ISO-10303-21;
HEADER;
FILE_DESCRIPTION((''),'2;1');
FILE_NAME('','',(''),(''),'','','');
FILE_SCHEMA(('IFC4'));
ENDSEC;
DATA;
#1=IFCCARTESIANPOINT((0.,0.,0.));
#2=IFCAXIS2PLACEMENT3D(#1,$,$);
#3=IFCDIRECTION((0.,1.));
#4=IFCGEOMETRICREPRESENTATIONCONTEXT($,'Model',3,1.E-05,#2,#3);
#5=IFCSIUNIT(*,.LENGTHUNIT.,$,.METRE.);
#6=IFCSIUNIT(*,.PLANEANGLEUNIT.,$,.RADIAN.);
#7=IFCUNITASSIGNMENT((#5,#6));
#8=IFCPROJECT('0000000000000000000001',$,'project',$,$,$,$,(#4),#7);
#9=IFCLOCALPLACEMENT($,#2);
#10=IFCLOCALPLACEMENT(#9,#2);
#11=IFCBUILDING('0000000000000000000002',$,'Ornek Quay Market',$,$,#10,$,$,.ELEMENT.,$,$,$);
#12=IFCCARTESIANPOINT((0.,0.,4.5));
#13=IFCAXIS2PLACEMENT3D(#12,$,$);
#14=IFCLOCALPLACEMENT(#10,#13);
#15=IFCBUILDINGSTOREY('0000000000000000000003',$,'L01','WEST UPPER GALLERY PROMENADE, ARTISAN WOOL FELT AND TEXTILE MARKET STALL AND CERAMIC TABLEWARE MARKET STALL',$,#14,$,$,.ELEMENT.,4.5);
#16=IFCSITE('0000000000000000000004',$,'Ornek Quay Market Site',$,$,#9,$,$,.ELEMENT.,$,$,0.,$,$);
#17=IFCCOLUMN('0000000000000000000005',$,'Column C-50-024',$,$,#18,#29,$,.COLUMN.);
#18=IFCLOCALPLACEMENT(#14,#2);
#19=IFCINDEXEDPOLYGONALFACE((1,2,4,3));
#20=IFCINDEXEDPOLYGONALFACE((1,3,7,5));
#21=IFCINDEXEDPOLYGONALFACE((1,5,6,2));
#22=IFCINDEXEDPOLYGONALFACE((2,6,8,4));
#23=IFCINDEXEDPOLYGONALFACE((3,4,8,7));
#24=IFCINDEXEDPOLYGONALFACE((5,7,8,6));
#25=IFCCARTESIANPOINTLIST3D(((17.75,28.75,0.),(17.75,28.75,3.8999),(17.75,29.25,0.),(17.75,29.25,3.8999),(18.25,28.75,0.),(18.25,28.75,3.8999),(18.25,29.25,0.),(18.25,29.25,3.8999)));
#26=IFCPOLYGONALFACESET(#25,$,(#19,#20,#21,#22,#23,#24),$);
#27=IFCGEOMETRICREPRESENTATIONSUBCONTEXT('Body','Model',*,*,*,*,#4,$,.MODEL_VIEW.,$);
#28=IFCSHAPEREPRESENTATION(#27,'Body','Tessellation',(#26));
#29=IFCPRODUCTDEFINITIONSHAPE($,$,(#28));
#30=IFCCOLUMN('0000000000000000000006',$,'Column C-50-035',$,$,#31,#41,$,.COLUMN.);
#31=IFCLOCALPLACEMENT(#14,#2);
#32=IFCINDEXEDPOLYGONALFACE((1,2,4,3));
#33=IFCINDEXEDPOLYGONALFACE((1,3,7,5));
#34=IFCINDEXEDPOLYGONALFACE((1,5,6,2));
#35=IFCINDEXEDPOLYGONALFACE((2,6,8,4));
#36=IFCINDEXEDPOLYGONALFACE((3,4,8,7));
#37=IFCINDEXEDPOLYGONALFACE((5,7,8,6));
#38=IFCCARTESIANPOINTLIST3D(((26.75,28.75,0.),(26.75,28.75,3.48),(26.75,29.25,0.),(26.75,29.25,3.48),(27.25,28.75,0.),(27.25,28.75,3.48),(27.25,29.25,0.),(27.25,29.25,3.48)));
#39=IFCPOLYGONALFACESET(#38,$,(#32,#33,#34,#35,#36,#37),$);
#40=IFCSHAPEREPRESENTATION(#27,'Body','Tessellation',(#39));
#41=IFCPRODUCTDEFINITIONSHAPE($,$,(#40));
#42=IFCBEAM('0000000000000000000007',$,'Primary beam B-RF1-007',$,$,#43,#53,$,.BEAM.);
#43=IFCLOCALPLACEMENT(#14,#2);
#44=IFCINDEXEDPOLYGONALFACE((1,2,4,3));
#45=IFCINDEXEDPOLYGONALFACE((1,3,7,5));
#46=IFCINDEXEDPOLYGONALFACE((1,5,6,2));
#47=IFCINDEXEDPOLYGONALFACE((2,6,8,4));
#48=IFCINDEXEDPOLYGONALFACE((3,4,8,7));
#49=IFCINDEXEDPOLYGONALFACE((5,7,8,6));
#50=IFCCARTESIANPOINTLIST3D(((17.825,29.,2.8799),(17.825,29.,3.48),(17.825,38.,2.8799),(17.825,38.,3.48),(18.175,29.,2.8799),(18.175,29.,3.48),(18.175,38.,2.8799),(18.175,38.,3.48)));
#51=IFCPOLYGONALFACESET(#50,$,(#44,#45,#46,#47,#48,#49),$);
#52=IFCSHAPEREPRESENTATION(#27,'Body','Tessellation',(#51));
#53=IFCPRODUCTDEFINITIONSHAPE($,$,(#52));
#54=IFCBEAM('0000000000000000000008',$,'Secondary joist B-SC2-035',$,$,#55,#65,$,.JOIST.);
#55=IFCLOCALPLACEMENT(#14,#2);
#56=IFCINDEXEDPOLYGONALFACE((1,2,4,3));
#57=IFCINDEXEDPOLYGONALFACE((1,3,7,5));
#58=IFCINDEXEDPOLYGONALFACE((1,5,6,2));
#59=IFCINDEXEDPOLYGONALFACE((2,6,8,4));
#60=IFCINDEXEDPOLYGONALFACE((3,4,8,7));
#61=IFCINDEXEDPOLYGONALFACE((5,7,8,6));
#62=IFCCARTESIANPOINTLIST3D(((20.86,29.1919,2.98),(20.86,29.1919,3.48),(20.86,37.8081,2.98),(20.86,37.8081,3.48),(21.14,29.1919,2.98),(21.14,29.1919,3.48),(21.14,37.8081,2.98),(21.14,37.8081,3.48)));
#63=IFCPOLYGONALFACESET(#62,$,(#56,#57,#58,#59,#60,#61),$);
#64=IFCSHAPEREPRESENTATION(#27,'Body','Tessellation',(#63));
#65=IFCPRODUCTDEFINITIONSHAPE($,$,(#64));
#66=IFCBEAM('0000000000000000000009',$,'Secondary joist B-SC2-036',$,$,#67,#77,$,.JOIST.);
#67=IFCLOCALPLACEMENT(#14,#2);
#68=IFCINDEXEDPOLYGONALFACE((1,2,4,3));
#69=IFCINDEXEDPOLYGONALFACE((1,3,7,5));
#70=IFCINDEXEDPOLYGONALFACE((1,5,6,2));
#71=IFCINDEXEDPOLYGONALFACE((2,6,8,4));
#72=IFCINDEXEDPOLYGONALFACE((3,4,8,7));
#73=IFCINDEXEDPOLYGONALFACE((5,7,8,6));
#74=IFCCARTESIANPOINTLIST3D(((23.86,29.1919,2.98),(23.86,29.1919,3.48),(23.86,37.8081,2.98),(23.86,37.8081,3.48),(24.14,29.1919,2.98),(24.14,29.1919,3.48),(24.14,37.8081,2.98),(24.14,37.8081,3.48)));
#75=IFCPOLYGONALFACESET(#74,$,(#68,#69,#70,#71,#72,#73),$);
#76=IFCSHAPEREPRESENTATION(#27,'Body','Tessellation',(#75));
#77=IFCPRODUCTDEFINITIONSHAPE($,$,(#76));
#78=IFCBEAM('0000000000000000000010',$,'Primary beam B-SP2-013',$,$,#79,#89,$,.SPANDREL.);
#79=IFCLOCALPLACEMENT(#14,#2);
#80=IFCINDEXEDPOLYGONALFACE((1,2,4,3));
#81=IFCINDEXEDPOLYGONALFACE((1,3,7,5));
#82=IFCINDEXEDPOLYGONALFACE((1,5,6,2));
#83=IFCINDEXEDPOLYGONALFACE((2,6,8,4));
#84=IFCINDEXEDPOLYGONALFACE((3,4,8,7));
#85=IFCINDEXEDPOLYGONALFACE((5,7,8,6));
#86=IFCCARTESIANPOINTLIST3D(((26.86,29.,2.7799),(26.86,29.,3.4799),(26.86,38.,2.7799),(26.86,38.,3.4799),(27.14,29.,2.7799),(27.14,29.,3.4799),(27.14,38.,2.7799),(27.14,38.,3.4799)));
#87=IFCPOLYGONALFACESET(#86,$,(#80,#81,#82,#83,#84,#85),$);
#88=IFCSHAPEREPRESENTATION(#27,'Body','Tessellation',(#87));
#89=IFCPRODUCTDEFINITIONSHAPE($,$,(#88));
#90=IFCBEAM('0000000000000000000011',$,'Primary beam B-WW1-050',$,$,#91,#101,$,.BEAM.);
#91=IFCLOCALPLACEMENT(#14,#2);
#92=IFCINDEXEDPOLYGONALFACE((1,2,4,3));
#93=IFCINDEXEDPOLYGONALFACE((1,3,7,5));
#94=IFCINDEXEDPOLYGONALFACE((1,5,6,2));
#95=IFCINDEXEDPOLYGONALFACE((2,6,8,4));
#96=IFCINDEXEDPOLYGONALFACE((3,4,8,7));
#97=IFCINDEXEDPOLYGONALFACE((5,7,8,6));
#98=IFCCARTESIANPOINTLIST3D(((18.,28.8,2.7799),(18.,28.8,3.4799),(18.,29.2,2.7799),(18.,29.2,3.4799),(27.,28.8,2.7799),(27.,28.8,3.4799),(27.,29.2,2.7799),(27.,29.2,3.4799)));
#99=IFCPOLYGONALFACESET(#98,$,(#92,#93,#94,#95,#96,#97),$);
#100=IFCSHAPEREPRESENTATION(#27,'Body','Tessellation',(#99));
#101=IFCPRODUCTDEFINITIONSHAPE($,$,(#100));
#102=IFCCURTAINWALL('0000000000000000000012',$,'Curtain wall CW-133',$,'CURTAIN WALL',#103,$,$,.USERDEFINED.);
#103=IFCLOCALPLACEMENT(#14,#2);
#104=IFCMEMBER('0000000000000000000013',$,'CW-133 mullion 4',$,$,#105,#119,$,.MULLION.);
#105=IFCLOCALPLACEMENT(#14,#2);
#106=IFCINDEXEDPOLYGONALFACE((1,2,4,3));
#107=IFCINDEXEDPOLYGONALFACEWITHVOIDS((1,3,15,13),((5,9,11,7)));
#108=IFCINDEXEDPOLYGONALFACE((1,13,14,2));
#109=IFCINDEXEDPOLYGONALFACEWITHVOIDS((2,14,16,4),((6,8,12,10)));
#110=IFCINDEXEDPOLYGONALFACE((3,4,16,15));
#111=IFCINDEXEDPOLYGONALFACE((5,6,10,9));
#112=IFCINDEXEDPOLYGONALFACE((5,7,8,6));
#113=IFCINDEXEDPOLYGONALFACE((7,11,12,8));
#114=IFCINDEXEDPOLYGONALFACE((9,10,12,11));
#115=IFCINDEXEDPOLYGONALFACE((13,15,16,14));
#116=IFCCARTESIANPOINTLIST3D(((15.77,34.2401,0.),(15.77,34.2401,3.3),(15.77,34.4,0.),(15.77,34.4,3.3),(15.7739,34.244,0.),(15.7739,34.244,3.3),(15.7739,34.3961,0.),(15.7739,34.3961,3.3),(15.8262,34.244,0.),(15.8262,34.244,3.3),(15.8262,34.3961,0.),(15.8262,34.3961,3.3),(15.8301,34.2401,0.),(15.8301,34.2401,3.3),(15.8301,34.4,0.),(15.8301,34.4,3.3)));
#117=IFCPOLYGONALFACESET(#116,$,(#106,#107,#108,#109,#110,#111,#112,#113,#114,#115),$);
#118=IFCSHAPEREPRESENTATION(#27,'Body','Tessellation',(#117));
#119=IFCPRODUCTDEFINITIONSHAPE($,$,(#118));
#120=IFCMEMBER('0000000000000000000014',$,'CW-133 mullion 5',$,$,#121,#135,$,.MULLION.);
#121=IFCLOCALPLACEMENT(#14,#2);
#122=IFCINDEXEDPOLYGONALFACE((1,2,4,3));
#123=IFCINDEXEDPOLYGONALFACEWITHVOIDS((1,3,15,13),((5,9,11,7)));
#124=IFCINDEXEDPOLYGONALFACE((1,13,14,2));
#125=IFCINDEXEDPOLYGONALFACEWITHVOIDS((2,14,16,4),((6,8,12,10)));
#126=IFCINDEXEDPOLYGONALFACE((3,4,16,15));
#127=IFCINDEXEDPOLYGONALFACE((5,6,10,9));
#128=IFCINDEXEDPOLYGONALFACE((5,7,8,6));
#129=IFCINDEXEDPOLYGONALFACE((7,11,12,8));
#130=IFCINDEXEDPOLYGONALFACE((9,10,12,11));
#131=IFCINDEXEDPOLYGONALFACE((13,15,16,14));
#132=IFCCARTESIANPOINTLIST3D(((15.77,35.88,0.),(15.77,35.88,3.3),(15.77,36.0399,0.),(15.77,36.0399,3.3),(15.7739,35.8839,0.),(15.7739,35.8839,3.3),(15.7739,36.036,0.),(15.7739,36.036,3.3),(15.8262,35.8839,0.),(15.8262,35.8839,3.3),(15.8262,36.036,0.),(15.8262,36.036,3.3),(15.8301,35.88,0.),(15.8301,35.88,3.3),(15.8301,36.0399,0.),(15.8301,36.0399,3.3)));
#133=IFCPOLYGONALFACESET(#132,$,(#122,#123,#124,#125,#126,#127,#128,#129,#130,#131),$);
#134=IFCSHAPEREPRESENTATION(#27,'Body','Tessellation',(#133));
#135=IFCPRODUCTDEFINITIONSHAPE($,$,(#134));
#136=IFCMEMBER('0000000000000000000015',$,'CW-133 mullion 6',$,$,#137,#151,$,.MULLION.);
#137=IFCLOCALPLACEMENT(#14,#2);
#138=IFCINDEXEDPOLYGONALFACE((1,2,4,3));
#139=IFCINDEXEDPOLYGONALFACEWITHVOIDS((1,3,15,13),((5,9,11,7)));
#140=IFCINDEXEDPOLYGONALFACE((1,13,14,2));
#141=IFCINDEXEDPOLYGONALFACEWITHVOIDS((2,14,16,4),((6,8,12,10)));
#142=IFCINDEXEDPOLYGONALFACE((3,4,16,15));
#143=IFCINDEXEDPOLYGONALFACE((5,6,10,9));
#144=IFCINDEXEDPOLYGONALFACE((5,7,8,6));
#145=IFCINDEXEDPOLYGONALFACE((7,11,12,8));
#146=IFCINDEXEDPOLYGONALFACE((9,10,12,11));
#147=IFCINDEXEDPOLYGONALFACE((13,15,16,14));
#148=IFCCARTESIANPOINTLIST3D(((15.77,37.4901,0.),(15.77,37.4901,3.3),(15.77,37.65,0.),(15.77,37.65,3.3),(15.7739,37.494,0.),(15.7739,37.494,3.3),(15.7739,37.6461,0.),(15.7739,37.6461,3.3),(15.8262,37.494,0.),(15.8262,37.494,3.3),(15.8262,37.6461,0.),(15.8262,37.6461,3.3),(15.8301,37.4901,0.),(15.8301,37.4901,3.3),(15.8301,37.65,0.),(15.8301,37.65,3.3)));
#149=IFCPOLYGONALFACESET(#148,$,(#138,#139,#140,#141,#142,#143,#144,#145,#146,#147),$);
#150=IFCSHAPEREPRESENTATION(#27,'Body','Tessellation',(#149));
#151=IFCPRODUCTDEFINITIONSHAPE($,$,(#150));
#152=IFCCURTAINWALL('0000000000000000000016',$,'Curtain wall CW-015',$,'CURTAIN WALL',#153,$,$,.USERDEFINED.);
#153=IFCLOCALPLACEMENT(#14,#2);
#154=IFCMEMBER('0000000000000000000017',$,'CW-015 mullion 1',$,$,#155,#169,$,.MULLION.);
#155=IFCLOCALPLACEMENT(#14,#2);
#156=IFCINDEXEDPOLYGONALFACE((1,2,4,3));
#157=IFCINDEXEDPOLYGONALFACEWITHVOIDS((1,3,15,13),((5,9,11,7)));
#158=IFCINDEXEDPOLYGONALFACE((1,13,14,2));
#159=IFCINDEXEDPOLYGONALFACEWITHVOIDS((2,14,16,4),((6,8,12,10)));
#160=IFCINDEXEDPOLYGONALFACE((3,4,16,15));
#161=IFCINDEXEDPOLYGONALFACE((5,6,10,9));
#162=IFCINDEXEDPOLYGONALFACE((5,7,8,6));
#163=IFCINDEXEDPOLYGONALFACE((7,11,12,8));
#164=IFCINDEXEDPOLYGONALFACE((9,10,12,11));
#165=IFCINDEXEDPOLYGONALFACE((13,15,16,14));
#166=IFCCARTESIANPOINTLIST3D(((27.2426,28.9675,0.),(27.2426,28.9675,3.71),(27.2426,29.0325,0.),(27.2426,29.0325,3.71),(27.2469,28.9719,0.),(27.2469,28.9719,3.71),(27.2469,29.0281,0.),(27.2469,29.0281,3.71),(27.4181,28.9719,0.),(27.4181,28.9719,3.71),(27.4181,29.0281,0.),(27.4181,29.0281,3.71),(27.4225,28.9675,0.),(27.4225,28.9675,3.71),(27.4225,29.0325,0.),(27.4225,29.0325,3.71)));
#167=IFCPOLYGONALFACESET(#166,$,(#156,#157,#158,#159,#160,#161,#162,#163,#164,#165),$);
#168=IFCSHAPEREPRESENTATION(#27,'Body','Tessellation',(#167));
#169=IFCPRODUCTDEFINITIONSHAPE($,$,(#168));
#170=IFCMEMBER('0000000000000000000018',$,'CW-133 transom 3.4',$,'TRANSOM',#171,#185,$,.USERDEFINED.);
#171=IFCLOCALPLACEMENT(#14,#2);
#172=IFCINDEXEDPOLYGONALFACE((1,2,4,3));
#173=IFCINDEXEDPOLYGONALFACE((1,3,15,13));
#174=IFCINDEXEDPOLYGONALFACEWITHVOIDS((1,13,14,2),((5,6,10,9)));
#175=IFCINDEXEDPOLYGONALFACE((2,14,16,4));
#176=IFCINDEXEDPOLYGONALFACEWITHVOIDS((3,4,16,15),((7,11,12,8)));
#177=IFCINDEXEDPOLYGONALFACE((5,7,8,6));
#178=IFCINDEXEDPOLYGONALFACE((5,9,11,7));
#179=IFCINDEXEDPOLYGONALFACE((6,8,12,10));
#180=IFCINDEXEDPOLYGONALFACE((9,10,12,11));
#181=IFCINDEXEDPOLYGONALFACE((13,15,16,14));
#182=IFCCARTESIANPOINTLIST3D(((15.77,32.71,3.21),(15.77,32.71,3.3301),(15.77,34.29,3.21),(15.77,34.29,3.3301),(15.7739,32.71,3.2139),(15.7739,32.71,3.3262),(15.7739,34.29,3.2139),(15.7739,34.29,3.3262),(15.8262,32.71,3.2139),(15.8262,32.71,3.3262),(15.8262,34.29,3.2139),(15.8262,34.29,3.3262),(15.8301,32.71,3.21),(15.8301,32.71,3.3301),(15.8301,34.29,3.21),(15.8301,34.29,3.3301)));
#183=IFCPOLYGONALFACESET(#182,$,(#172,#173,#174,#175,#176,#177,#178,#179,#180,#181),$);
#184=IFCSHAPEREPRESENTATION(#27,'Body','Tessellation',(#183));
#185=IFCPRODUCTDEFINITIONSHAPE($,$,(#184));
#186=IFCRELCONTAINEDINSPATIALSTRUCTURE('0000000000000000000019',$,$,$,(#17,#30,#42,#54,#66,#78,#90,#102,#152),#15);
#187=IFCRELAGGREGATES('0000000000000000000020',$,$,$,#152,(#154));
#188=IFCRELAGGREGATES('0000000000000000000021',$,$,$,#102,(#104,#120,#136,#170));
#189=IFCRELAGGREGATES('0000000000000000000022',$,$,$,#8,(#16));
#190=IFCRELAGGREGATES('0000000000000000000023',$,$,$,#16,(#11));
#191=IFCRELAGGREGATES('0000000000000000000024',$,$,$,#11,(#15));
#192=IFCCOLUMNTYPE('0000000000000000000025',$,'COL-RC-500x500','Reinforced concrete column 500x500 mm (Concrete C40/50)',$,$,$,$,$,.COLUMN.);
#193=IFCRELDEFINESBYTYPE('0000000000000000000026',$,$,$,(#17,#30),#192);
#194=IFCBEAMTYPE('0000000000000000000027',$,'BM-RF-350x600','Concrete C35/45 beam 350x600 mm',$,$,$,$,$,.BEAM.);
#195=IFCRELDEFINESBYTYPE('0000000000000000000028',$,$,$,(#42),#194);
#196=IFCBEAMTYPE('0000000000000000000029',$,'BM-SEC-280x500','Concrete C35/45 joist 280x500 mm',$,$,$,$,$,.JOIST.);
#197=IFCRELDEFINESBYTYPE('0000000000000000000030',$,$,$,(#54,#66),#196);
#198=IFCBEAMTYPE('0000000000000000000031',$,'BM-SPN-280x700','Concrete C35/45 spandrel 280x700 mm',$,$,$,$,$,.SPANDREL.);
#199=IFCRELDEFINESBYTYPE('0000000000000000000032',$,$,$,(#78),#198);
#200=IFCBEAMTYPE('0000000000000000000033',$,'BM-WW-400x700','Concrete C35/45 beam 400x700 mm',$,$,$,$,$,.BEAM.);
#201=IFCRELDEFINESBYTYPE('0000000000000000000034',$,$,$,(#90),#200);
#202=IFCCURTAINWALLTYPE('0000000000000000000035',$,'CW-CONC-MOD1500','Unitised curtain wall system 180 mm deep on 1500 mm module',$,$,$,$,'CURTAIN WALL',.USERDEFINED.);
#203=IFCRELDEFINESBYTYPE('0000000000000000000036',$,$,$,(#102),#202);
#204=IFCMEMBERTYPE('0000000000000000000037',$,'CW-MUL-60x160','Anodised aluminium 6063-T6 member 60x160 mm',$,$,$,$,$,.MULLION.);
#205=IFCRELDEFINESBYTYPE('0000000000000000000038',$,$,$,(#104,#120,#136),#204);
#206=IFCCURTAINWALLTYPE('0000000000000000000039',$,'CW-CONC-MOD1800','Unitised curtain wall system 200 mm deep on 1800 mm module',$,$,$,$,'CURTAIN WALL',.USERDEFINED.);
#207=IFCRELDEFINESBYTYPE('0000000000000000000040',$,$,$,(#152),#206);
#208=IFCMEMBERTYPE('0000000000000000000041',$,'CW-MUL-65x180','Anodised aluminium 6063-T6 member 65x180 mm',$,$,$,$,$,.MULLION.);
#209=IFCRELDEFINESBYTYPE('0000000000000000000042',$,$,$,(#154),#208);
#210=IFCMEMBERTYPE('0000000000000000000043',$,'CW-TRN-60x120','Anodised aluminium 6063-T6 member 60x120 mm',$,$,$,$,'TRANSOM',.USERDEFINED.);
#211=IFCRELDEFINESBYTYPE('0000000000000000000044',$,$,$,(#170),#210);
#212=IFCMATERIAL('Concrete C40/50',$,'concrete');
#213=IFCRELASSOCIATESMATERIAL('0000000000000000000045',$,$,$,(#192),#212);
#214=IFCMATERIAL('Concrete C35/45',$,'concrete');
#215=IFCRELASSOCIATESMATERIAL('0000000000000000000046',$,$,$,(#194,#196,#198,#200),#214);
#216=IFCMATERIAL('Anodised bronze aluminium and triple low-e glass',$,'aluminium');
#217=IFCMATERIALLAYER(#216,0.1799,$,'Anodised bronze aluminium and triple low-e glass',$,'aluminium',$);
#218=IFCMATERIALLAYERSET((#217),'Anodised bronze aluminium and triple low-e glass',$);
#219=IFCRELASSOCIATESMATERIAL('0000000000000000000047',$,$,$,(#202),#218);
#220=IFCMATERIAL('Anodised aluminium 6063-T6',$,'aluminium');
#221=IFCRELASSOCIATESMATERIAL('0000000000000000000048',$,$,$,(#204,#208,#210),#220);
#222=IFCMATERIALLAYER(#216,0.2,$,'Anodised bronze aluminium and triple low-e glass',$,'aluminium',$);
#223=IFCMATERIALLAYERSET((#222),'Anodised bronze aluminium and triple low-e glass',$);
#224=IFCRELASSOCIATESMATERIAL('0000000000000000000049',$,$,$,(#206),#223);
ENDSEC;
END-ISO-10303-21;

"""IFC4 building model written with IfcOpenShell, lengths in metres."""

from ifc_helpers import new_model, si_unit, direction, frame, origin, origin_2d, place, context, subcontext, project, spatial, rectangle, hollow_rectangle, extrude, material, layer, layer_set, material_profile, profile_set, type_object, element, aggregate, save


model = new_model("IFC4")

# Units and contexts
model_context = context("Model", 3, precision=1e-05, world=origin(), true_north=direction((0.0, 1.0)))
body_context = subcontext(model_context, "Body", "Model", "MODEL_VIEW")
ifc_project = project(units=[si_unit("LENGTHUNIT", "METRE"), si_unit("PLANEANGLEUNIT", "RADIAN")], contexts=[model_context])

# Site, building, storey
site_placement = place(None, origin())
site = spatial("IfcSite", under=ifc_project, at=site_placement, Name="Ornek Quay Market Site", CompositionType="ELEMENT", RefElevation=0.0)
building_placement = place(site_placement, origin())
building = spatial("IfcBuilding", under=site, at=building_placement, Name="Ornek Quay Market", CompositionType="ELEMENT")
storey_placement = place(building_placement, frame((0.0, 0.0, 4.5)))
storey = spatial("IfcBuildingStorey", under=building, at=storey_placement, Name="L01", Description="WEST UPPER GALLERY PROMENADE, ARTISAN WOOL FELT AND TEXTILE MARKET STALL AND CERAMIC TABLEWARE MARKET STALL", CompositionType="ELEMENT", Elevation=4.5)

# Columns
ifc_material_1 = material(Name="Concrete C40/50", Category="concrete")
ifc_material_profile_1 = material_profile(ifc_material_1, rectangle(XDim=0.5, YDim=0.5, at=origin_2d()), Name="RC 500x500", Category="concrete")
ifc_profile_set_1 = profile_set([ifc_material_profile_1], Name="Concrete C40/50")
column_type = type_object("IfcColumnType", Name="COL-RC-500x500", Description="Reinforced concrete column 500x500 mm (Concrete C40/50)", PredefinedType="COLUMN", material=ifc_profile_set_1)
column_1_placement = place(storey_placement, frame((18.0, 29.0, 0.0), z_axis=(0.0, 0.0, 1.0), x_axis=(1.0, 0.0, 0.0)))
element("IfcColumn", 1, at=column_1_placement, inside=storey, type_object=column_type, Name="Column C-50-024", PredefinedType="COLUMN", context=body_context, shape_type="SweptSolid", body=[
    extrude(rectangle(XDim=0.5, YDim=0.5, at=origin_2d()), origin(), (0.0, 0.0, 1.0), 3.8999),
])
column_2_placement = place(storey_placement, frame((27.0, 29.0, 0.0), z_axis=(0.0, 0.0, 1.0), x_axis=(1.0, 0.0, 0.0)))
element("IfcColumn", 2, at=column_2_placement, inside=storey, type_object=column_type, Name="Column C-50-035", PredefinedType="COLUMN", context=body_context, shape_type="SweptSolid", body=[
    extrude(rectangle(XDim=0.5, YDim=0.5, at=origin_2d()), origin(), (0.0, 0.0, 1.0), 3.48),
])

# Beams
ifc_material_2 = material(Name="Concrete C35/45", Category="concrete")
ifc_material_profile_2 = material_profile(ifc_material_2, rectangle(XDim=0.3501, YDim=0.6001, at=origin_2d()), Name="RC 350x600", Category="concrete")
ifc_profile_set_2 = profile_set([ifc_material_profile_2], Name="Concrete C35/45")
beam_type_1 = type_object("IfcBeamType", Name="BM-RF-350x600", Description="Concrete C35/45 beam 350x600 mm", PredefinedType="BEAM", material=ifc_profile_set_2)
beam_1_placement = place(storey_placement, frame((18.0, 29.0, 3.1799), z_axis=(0.0, 1.0, 0.0), x_axis=(-1.0, 0.0, 0.0)))
element("IfcBeam", 3, at=beam_1_placement, inside=storey, type_object=beam_type_1, Name="Primary beam B-RF1-007", PredefinedType="BEAM", context=body_context, shape_type="SweptSolid", body=[
    extrude(rectangle(XDim=0.3501, YDim=0.6001, at=origin_2d()), origin(), (0.0, 0.0, 1.0), 9.0),
])
ifc_material_profile_3 = material_profile(ifc_material_2, rectangle(XDim=0.28, YDim=0.5, at=origin_2d()), Name="RC 280x500", Category="concrete")
ifc_profile_set_3 = profile_set([ifc_material_profile_3], Name="Concrete C35/45")
beam_type_2 = type_object("IfcBeamType", Name="BM-SEC-280x500", Description="Concrete C35/45 joist 280x500 mm", PredefinedType="JOIST", material=ifc_profile_set_3)
for number, where, z_axis, x_axis, name in (
    (4, (21.0, 29.1919, 3.23), (0.0, 1.0, 0.0), (-1.0, 0.0, 0.0), "Secondary joist B-SC2-035"),
    (5, (24.0, 29.1919, 3.23), (0.0, 1.0, 0.0), (-1.0, 0.0, 0.0), "Secondary joist B-SC2-036"),
):
    element("IfcBeam", number, at=place(storey_placement, frame(where, z_axis=z_axis, x_axis=x_axis)), inside=storey, type_object=beam_type_2, Name=name, PredefinedType="JOIST", context=body_context, shape_type="SweptSolid", body=[
        extrude(rectangle(XDim=0.28, YDim=0.5, at=origin_2d()), origin(), (0.0, 0.0, 1.0), 8.6162),
    ])
ifc_material_profile_4 = material_profile(ifc_material_2, rectangle(XDim=0.28, YDim=0.7, at=origin_2d()), Name="RC 280x700", Category="concrete")
ifc_profile_set_4 = profile_set([ifc_material_profile_4], Name="Concrete C35/45")
beam_type_3 = type_object("IfcBeamType", Name="BM-SPN-280x700", Description="Concrete C35/45 spandrel 280x700 mm", PredefinedType="SPANDREL", material=ifc_profile_set_4)
beam_2_placement = place(storey_placement, frame((27.0, 29.0, 3.1299), z_axis=(0.0, 1.0, 0.0), x_axis=(-1.0, 0.0, 0.0)))
element("IfcBeam", 6, at=beam_2_placement, inside=storey, type_object=beam_type_3, Name="Primary beam B-SP2-013", PredefinedType="SPANDREL", context=body_context, shape_type="SweptSolid", body=[
    extrude(rectangle(XDim=0.28, YDim=0.7, at=origin_2d()), origin(), (0.0, 0.0, 1.0), 9.0),
])
ifc_material_profile_5 = material_profile(ifc_material_2, rectangle(XDim=0.3999, YDim=0.7, at=origin_2d()), Name="RC 400x700", Category="concrete")
ifc_profile_set_5 = profile_set([ifc_material_profile_5], Name="Concrete C35/45")
beam_type_4 = type_object("IfcBeamType", Name="BM-WW-400x700", Description="Concrete C35/45 beam 400x700 mm", PredefinedType="BEAM", material=ifc_profile_set_5)
beam_3_placement = place(storey_placement, frame((18.0, 29.0, 3.1299), z_axis=(1.0, 0.0, 0.0), x_axis=(0.0, 1.0, 0.0)))
element("IfcBeam", 7, at=beam_3_placement, inside=storey, type_object=beam_type_4, Name="Primary beam B-WW1-050", PredefinedType="BEAM", context=body_context, shape_type="SweptSolid", body=[
    extrude(rectangle(XDim=0.3999, YDim=0.7, at=origin_2d()), origin(), (0.0, 0.0, 1.0), 9.0),
])

# Curtain wall, members
ifc_material_3 = material(Name="Anodised bronze aluminium and triple low-e glass", Category="aluminium")
ifc_layer_1 = layer(ifc_material_3, 0.1799, Name="Anodised bronze aluminium and triple low-e glass", Category="aluminium")
ifc_layer_set_1 = layer_set([ifc_layer_1], Name="Anodised bronze aluminium and triple low-e glass")
curtain_wall_type_1 = type_object("IfcCurtainWallType", Name="CW-CONC-MOD1500", Description="Unitised curtain wall system 180 mm deep on 1500 mm module", ElementType="CURTAIN WALL", PredefinedType="USERDEFINED", material=ifc_layer_set_1)
curtain_wall_1_placement = place(storey_placement, origin())
curtain_wall_1 = element("IfcCurtainWall", 8, at=curtain_wall_1_placement, inside=storey, type_object=curtain_wall_type_1, Name="Curtain wall CW-133", ObjectType="CURTAIN WALL", PredefinedType="USERDEFINED")
ifc_material_4 = material(Name="Anodised aluminium 6063-T6", Category="aluminium")
ifc_material_profile_6 = material_profile(ifc_material_4, hollow_rectangle(XDim=0.0601, YDim=0.1599, WallThickness=0.0039, at=origin_2d()), Name="CW-MUL-60x160", Category="aluminium")
ifc_profile_set_6 = profile_set([ifc_material_profile_6], Name="Anodised aluminium 6063-T6")
member_type_1 = type_object("IfcMemberType", Name="CW-MUL-60x160", Description="Anodised aluminium 6063-T6 member 60x160 mm", PredefinedType="MULLION", material=ifc_profile_set_6)
member_1_placement = place(storey_placement, frame((15.8, 34.3201, 0.0), z_axis=(0.0, 0.0, 1.0), x_axis=(-1.0, 0.0, 0.0)))
member_1 = element("IfcMember", 9, at=member_1_placement, type_object=member_type_1, Name="CW-133 mullion 4", PredefinedType="MULLION", context=body_context, shape_type="SweptSolid", body=[
    extrude(hollow_rectangle(XDim=0.0601, YDim=0.1599, WallThickness=0.0039, at=origin_2d()), origin(), (0.0, 0.0, 1.0), 3.3),
])
member_2_placement = place(storey_placement, frame((15.8, 35.96, 0.0), z_axis=(0.0, 0.0, 1.0), x_axis=(-1.0, 0.0, 0.0)))
member_2 = element("IfcMember", 10, at=member_2_placement, type_object=member_type_1, Name="CW-133 mullion 5", PredefinedType="MULLION", context=body_context, shape_type="SweptSolid", body=[
    extrude(hollow_rectangle(XDim=0.0601, YDim=0.1599, WallThickness=0.0039, at=origin_2d()), origin(), (0.0, 0.0, 1.0), 3.3),
])
member_3_placement = place(storey_placement, frame((15.8, 37.5701, 0.0), z_axis=(0.0, 0.0, 1.0), x_axis=(-1.0, 0.0, 0.0)))
member_3 = element("IfcMember", 11, at=member_3_placement, type_object=member_type_1, Name="CW-133 mullion 6", PredefinedType="MULLION", context=body_context, shape_type="SweptSolid", body=[
    extrude(hollow_rectangle(XDim=0.0601, YDim=0.1599, WallThickness=0.0039, at=origin_2d()), origin(), (0.0, 0.0, 1.0), 3.3),
])

# Curtain wall, member
ifc_layer_2 = layer(ifc_material_3, 0.2, Name="Anodised bronze aluminium and triple low-e glass", Category="aluminium")
ifc_layer_set_2 = layer_set([ifc_layer_2], Name="Anodised bronze aluminium and triple low-e glass")
curtain_wall_type_2 = type_object("IfcCurtainWallType", Name="CW-CONC-MOD1800", Description="Unitised curtain wall system 200 mm deep on 1800 mm module", ElementType="CURTAIN WALL", PredefinedType="USERDEFINED", material=ifc_layer_set_2)
curtain_wall_2_placement = place(storey_placement, origin())
curtain_wall_2 = element("IfcCurtainWall", 12, at=curtain_wall_2_placement, inside=storey, type_object=curtain_wall_type_2, Name="Curtain wall CW-015", ObjectType="CURTAIN WALL", PredefinedType="USERDEFINED")
ifc_material_profile_7 = material_profile(ifc_material_4, hollow_rectangle(XDim=0.0649, YDim=0.1799, WallThickness=0.0044, at=origin_2d()), Name="CW-MUL-65x180", Category="aluminium")
ifc_profile_set_7 = profile_set([ifc_material_profile_7], Name="Anodised aluminium 6063-T6")
member_type_2 = type_object("IfcMemberType", Name="CW-MUL-65x180", Description="Anodised aluminium 6063-T6 member 65x180 mm", PredefinedType="MULLION", material=ifc_profile_set_7)
member_4_placement = place(storey_placement, frame((27.3325, 29.0, 0.0), z_axis=(0.0, 0.0, 1.0), x_axis=(0.0, 1.0, 0.0)))
member_4 = element("IfcMember", 13, at=member_4_placement, type_object=member_type_2, Name="CW-015 mullion 1", PredefinedType="MULLION", context=body_context, shape_type="SweptSolid", body=[
    extrude(hollow_rectangle(XDim=0.0649, YDim=0.1799, WallThickness=0.0044, at=origin_2d()), origin(), (0.0, 0.0, 1.0), 3.71),
])
aggregate(curtain_wall_2, [member_4])

# Member
ifc_material_profile_8 = material_profile(ifc_material_4, hollow_rectangle(XDim=0.0601, YDim=0.1201, WallThickness=0.0039, at=origin_2d()), Name="CW-TRN-60x120", Category="aluminium")
ifc_profile_set_8 = profile_set([ifc_material_profile_8], Name="Anodised aluminium 6063-T6")
member_type_3 = type_object("IfcMemberType", Name="CW-TRN-60x120", Description="Anodised aluminium 6063-T6 member 60x120 mm", ElementType="TRANSOM", PredefinedType="USERDEFINED", material=ifc_profile_set_8)
member_5_placement = place(storey_placement, frame((15.8, 32.71, 3.27), z_axis=(0.0, 1.0, 0.0), x_axis=(-1.0, 0.0, 0.0)))
member_5 = element("IfcMember", 14, at=member_5_placement, type_object=member_type_3, Name="CW-133 transom 3.4", ObjectType="TRANSOM", PredefinedType="USERDEFINED", context=body_context, shape_type="SweptSolid", body=[
    extrude(hollow_rectangle(XDim=0.0601, YDim=0.1201, WallThickness=0.0039, at=origin_2d()), origin(), (0.0, 0.0, 1.0), 1.5801),
])

aggregate(curtain_wall_1, [member_1, member_2, member_3, member_5])

save(model, "model.ifc")
